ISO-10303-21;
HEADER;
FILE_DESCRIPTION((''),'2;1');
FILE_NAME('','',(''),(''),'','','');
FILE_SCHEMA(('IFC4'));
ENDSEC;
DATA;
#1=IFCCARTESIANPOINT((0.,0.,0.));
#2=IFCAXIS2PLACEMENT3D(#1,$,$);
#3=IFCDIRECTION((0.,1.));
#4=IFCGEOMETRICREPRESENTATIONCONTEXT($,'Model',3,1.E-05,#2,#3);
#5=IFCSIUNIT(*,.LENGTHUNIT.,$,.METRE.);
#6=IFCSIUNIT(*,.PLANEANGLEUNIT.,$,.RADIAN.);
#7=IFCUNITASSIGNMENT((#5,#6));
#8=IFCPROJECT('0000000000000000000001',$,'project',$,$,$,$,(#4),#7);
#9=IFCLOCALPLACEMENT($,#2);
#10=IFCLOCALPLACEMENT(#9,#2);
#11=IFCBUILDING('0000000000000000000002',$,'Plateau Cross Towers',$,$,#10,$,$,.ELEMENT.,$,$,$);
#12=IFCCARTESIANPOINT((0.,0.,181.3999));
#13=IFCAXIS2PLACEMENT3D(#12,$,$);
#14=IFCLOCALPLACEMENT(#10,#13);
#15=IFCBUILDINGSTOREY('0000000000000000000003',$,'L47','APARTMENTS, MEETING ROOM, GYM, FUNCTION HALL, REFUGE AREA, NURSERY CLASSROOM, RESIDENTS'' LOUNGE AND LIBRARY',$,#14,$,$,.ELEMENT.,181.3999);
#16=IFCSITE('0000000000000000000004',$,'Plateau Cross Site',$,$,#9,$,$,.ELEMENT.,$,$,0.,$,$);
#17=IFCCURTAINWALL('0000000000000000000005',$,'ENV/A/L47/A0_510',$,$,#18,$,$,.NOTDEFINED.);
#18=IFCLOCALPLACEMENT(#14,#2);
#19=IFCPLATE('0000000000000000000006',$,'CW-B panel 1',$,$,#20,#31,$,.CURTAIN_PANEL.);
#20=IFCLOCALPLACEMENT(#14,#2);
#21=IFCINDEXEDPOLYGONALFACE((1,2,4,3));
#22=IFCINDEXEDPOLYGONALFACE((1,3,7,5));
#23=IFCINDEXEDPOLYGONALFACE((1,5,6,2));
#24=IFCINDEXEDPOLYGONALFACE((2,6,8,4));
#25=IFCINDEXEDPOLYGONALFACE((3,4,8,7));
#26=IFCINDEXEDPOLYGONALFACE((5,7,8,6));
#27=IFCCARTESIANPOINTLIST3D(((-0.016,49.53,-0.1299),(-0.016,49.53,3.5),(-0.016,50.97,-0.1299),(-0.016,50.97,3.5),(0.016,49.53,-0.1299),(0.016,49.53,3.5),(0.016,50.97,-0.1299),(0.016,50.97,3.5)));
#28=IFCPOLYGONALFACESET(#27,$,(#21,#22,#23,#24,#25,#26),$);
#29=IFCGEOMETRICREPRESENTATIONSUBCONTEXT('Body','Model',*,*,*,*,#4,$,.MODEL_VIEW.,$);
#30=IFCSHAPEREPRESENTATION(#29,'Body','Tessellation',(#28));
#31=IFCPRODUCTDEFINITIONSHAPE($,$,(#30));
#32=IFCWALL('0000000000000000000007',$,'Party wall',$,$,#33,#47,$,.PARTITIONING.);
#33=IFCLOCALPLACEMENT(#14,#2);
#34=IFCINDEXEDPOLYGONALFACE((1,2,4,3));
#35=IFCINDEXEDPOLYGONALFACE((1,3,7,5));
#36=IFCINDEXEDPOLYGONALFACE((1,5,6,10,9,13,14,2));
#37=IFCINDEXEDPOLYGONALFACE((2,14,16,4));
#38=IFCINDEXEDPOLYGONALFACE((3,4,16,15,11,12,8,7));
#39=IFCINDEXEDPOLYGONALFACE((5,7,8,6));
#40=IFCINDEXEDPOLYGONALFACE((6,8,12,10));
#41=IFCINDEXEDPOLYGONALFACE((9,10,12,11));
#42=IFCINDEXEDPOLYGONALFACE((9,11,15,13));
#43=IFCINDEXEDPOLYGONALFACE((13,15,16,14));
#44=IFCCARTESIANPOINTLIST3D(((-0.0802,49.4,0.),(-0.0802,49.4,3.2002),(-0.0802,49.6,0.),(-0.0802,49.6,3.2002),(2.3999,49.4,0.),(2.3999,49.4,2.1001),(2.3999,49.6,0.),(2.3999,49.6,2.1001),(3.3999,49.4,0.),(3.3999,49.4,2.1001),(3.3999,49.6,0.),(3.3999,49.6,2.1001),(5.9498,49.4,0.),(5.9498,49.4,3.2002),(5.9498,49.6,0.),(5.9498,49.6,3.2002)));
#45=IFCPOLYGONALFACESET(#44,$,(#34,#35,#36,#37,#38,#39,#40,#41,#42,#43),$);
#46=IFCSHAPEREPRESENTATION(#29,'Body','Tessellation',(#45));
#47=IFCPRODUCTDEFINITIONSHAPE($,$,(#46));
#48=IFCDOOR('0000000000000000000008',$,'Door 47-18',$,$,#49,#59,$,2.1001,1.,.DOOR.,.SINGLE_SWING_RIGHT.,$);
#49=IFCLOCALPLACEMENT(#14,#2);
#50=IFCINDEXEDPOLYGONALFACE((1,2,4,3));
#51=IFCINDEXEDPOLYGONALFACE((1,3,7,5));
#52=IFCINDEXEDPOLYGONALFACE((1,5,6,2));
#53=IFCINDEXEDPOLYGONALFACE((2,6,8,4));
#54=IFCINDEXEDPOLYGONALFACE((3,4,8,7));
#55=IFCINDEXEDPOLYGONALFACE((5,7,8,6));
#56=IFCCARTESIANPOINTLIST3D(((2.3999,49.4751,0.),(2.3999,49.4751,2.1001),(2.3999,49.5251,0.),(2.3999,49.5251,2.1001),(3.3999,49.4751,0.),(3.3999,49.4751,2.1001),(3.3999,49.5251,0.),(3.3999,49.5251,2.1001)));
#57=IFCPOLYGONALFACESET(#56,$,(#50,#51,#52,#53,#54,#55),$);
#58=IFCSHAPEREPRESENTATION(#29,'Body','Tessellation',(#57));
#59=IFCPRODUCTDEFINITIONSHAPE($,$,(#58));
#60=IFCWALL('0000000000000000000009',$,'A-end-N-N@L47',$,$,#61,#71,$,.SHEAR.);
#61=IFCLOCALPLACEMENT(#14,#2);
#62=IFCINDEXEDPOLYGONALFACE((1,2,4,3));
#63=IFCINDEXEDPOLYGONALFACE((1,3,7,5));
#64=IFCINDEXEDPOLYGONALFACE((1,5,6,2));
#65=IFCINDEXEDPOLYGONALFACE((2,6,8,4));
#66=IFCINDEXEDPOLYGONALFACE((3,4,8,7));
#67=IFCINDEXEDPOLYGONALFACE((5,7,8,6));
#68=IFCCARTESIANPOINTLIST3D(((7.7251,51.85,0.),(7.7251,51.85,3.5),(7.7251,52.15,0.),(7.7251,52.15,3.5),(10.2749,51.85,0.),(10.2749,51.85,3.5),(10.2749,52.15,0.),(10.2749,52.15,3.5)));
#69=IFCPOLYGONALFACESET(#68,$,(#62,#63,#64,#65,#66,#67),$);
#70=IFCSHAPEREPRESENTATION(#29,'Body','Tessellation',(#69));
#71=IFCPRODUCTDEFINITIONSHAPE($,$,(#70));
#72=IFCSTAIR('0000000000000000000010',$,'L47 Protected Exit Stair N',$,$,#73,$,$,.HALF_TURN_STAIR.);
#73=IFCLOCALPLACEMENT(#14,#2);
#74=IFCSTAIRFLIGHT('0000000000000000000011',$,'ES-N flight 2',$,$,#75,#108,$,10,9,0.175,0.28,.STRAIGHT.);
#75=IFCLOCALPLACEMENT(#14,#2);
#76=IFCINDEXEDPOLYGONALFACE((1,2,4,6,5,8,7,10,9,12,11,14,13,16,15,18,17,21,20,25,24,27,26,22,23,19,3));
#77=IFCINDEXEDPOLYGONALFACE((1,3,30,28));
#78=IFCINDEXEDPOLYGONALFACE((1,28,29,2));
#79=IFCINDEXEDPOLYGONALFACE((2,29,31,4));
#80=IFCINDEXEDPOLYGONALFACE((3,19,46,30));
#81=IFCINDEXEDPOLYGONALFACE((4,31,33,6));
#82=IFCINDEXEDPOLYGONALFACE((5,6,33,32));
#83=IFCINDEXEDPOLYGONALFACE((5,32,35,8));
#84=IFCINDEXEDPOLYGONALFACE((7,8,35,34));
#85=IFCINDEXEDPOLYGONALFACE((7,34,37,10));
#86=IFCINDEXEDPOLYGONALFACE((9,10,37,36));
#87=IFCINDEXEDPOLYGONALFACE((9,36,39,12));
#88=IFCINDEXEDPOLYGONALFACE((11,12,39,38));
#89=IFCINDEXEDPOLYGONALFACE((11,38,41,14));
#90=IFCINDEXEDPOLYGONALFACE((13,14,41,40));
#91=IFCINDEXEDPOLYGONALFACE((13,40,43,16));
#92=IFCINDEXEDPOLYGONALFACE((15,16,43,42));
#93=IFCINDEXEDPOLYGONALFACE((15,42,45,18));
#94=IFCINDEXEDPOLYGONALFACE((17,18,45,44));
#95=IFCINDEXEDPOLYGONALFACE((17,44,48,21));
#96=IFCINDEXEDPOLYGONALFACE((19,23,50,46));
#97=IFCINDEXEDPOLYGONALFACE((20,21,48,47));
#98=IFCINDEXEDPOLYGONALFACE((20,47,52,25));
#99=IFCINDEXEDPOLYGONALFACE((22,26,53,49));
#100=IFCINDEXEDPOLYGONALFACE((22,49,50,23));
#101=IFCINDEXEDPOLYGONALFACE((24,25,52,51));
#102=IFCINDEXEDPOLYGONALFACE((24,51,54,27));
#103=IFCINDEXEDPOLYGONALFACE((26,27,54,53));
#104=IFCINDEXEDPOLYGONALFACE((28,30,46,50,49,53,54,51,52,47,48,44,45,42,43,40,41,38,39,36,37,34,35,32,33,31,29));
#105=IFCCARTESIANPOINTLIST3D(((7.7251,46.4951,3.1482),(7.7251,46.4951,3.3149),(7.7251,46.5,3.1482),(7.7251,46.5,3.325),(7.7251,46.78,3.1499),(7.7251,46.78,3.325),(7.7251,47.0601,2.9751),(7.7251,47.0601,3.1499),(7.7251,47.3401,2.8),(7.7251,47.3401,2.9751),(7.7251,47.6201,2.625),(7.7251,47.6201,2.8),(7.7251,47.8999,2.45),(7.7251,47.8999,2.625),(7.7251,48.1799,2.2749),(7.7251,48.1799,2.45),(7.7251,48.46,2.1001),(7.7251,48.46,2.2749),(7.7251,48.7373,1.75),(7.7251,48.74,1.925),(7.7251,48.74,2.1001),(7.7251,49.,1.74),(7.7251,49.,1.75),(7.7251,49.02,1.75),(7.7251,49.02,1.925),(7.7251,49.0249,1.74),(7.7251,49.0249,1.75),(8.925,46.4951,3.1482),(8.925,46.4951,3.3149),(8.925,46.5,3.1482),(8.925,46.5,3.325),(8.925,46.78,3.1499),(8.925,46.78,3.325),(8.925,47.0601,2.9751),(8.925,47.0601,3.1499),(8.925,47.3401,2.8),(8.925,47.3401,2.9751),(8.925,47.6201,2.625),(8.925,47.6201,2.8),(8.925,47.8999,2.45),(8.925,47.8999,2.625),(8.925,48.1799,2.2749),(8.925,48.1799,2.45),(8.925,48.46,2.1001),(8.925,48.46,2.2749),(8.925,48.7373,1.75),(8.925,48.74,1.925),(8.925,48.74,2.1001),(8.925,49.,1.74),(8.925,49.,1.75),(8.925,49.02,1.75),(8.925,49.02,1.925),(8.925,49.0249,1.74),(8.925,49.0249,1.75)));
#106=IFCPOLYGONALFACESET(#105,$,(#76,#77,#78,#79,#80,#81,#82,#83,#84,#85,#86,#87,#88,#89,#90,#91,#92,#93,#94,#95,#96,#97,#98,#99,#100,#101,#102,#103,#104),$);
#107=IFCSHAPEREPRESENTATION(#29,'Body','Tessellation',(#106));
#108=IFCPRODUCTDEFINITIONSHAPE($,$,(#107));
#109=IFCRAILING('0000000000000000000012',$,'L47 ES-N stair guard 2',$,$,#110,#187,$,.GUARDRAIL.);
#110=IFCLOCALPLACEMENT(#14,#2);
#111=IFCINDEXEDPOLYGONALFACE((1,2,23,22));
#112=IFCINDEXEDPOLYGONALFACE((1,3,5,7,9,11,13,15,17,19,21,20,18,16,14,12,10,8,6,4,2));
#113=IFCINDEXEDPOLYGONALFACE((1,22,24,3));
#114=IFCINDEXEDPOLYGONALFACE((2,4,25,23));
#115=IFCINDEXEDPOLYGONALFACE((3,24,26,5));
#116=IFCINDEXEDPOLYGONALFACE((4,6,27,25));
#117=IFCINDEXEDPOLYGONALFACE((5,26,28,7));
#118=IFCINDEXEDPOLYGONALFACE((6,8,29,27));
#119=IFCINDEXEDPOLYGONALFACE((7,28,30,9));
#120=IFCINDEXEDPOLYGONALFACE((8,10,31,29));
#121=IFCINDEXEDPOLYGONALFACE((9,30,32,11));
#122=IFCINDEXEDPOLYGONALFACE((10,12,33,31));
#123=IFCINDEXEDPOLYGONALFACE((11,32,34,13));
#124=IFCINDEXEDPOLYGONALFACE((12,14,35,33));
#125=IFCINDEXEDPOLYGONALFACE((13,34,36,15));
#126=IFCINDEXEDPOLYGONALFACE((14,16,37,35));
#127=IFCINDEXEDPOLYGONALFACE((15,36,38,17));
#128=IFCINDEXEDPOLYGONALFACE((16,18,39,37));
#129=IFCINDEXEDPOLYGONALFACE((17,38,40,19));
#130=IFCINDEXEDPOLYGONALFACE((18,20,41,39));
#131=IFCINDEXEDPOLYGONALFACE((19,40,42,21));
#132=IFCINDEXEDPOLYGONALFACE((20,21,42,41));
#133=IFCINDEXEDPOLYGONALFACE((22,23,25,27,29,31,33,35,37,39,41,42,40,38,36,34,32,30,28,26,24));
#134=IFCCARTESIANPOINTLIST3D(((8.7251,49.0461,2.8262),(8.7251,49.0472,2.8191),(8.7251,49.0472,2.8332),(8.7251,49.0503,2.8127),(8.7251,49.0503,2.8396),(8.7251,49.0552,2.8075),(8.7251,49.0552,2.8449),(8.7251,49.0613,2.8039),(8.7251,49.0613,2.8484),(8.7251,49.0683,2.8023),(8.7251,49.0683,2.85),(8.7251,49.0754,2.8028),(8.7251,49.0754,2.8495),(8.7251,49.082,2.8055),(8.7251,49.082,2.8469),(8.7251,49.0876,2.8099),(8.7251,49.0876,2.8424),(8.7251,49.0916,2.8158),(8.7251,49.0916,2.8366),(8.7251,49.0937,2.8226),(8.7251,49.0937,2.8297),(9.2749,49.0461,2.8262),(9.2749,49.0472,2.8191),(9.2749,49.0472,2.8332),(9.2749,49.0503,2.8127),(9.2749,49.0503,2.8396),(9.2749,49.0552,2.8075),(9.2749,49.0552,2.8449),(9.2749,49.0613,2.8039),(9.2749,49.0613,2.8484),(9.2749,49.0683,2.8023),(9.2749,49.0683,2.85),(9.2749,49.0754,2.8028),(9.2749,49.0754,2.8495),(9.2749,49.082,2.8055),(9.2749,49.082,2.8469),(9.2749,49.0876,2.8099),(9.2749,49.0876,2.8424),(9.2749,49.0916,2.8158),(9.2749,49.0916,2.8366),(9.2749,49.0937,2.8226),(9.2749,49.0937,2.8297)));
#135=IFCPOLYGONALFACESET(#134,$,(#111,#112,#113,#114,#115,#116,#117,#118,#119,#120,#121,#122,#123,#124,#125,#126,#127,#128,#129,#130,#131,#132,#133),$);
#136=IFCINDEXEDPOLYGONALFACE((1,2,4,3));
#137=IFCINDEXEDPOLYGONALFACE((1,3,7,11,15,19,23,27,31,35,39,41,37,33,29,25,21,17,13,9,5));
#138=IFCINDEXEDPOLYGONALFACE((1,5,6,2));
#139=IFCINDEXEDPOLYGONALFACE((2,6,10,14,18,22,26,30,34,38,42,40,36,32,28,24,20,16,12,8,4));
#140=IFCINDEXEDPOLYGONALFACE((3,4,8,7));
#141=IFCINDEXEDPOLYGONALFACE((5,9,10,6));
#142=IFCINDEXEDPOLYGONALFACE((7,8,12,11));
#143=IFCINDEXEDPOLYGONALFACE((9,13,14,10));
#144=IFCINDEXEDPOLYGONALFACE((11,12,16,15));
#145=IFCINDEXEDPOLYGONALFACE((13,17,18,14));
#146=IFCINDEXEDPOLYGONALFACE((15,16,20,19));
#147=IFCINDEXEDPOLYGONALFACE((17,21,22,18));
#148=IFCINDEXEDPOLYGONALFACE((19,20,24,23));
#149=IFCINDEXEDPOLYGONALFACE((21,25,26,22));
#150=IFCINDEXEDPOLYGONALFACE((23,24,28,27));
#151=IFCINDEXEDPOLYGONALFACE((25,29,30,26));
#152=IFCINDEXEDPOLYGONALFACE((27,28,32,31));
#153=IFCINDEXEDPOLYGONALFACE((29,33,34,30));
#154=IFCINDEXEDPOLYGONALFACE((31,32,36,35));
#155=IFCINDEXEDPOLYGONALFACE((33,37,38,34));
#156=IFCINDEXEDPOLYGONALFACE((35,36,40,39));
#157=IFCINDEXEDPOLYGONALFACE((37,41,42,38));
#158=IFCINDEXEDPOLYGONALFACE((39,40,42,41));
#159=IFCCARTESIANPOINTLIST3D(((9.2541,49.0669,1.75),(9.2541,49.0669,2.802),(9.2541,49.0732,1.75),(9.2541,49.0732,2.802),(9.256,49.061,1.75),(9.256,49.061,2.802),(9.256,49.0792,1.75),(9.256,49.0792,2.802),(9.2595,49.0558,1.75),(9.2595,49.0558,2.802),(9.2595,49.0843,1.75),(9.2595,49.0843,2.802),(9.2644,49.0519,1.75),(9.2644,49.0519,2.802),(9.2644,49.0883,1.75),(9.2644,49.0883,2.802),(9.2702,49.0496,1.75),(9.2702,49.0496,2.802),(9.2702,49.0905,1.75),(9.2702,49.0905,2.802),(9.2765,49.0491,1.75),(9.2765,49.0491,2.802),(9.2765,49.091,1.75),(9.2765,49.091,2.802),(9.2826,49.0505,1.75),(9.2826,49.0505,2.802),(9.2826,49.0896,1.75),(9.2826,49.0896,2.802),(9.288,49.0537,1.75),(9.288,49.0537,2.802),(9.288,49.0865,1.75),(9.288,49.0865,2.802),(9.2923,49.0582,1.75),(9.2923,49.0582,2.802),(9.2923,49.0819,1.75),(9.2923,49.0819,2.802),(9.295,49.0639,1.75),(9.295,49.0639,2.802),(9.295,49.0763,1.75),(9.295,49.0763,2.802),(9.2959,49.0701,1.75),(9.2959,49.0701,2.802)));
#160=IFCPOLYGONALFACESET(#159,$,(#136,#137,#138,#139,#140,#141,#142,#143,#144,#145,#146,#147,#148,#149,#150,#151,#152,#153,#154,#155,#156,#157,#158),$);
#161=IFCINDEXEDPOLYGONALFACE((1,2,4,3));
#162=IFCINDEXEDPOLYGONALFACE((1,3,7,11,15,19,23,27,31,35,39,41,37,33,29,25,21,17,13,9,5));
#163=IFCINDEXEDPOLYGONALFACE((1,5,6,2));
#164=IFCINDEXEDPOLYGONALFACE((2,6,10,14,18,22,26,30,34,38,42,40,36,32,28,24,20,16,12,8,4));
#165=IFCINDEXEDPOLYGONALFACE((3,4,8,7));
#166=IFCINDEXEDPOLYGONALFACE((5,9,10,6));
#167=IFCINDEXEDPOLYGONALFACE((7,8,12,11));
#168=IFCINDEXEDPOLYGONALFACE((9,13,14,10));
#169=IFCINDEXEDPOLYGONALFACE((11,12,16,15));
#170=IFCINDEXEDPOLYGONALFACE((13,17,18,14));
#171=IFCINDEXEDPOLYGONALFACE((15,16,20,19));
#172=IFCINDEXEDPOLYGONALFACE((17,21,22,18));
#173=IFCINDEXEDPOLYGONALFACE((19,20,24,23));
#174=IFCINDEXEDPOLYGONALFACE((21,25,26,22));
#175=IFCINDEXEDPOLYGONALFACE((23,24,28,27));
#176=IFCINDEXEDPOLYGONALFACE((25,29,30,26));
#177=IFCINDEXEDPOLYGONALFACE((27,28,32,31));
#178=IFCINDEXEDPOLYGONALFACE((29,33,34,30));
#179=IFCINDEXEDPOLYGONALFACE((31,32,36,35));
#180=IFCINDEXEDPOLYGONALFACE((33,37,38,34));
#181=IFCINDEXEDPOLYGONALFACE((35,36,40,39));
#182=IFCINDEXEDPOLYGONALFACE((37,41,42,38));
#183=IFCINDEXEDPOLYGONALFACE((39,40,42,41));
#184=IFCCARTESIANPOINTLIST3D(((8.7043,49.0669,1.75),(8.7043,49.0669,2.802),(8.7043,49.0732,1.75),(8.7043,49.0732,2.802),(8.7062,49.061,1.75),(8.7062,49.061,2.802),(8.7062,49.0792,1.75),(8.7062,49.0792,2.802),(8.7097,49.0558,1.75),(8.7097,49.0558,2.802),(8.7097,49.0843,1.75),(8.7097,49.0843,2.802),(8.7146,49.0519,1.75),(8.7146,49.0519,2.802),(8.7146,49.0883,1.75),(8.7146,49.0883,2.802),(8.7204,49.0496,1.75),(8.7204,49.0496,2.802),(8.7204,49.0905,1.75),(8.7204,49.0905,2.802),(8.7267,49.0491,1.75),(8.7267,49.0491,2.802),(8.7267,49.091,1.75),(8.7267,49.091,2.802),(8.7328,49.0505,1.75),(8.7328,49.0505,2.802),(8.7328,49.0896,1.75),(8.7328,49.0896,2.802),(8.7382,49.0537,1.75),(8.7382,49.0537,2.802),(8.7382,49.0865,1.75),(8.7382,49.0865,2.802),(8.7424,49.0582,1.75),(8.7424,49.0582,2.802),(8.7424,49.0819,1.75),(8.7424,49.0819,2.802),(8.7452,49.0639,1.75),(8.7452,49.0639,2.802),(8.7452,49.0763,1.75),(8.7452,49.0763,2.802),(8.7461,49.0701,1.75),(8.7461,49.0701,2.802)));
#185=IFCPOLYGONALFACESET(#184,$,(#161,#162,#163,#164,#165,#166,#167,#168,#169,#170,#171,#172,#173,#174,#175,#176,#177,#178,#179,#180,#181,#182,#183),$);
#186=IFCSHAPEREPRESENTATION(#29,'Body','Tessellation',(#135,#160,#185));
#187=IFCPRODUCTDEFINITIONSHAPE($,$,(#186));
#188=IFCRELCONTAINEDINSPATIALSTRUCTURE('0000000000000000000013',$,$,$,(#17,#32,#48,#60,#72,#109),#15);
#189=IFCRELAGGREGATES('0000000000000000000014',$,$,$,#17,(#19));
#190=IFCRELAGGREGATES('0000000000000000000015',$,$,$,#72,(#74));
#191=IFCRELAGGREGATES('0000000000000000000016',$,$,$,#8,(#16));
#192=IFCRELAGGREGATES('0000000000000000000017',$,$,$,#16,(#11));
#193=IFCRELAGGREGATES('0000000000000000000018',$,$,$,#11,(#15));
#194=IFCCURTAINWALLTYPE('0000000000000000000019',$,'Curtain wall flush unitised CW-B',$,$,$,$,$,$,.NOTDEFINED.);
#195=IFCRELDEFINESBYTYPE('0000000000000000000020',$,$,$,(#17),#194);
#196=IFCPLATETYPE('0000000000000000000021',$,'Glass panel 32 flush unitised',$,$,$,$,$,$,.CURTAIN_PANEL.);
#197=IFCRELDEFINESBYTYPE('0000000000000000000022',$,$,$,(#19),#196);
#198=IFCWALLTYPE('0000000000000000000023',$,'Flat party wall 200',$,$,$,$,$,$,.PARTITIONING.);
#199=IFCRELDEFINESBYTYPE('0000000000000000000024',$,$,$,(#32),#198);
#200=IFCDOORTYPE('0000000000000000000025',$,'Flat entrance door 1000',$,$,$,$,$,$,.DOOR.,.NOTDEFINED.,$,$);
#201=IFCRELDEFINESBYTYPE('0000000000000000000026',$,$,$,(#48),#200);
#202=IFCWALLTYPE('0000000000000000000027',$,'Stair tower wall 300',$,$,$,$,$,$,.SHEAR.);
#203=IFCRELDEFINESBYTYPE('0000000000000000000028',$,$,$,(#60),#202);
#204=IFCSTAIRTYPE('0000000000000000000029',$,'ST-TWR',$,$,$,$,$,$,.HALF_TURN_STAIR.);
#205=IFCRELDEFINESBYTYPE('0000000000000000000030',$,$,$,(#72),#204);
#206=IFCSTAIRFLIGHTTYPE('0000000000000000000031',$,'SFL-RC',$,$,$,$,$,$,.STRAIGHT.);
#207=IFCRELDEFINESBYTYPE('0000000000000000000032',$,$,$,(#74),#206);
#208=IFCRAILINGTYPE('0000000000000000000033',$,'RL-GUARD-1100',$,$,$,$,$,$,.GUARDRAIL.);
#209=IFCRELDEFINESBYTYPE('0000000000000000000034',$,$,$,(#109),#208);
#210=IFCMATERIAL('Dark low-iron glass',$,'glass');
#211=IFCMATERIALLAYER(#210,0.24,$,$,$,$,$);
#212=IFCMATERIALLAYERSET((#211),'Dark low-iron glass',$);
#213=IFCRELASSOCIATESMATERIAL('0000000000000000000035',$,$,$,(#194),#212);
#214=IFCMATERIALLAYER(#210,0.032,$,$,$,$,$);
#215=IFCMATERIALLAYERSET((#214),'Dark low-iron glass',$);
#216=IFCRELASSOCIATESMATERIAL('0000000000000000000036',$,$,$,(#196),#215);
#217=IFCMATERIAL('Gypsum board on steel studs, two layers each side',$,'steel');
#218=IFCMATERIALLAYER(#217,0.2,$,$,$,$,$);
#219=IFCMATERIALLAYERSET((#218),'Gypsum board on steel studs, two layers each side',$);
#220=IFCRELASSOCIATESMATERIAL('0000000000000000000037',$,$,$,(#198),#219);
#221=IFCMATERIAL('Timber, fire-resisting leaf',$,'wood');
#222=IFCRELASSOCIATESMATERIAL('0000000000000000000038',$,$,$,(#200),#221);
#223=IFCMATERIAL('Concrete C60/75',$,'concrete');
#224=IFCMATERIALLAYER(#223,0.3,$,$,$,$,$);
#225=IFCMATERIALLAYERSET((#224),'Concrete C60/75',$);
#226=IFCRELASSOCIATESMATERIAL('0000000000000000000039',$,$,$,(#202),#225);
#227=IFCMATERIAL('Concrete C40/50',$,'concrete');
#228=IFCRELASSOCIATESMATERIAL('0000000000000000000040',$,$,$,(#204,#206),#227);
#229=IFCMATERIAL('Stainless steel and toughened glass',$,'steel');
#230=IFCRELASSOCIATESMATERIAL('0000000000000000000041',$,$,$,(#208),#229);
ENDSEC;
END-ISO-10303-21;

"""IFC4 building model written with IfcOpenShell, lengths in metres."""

from ifc_helpers import new_model, si_unit, direction, frame, frame_2d, origin, origin_2d, place, context, subcontext, project, spatial, polyline, rectangle, circle, outline, extrude, material, layer, layer_set, type_object, element, fill, aggregate, save


model = new_model("IFC4")

# Units and contexts
model_context = context("Model", 3, precision=1e-05, world=origin(), true_north=direction((0.0, 1.0)))
body_context = subcontext(model_context, "Body", "Model", "MODEL_VIEW")
ifc_project = project(units=[si_unit("LENGTHUNIT", "METRE"), si_unit("PLANEANGLEUNIT", "RADIAN")], contexts=[model_context])

# Site, building, storey
site_placement = place(None, origin())
site = spatial("IfcSite", under=ifc_project, at=site_placement, Name="Plateau Cross Site", CompositionType="ELEMENT", RefElevation=0.0)
building_placement = place(site_placement, origin())
building = spatial("IfcBuilding", under=site, at=building_placement, Name="Plateau Cross Towers", CompositionType="ELEMENT")
storey_placement = place(building_placement, frame((0.0, 0.0, 181.3999)))
storey = spatial("IfcBuildingStorey", under=building, at=storey_placement, Name="L47", Description="APARTMENTS, MEETING ROOM, GYM, FUNCTION HALL, REFUGE AREA, NURSERY CLASSROOM, RESIDENTS' LOUNGE AND LIBRARY", CompositionType="ELEMENT", Elevation=181.3999)

# Shared definitions
ifc_material_1 = material(Name="Concrete C60/75", Category="concrete")

# Shared definitions
ifc_material_2 = material(Name="Dark low-iron glass", Category="glass")
ifc_layer_1 = layer(ifc_material_2, 0.24)
ifc_layer_set_1 = layer_set([ifc_layer_1], Name="Dark low-iron glass")
curtain_wall_type = type_object("IfcCurtainWallType", Name="Curtain wall flush unitised CW-B", PredefinedType="NOTDEFINED", material=ifc_layer_set_1)

# Curtain wall
curtain_wall_1_placement = place(storey_placement, origin())
curtain_wall_1 = element("IfcCurtainWall", 1, at=curtain_wall_1_placement, inside=storey, type_object=curtain_wall_type, Name="ENV/A/L47/A0_510", PredefinedType="NOTDEFINED")

# Plate
ifc_layer_2 = layer(ifc_material_2, 0.032)
ifc_layer_set_2 = layer_set([ifc_layer_2], Name="Dark low-iron glass")
plate_type = type_object("IfcPlateType", Name="Glass panel 32 flush unitised", PredefinedType="CURTAIN_PANEL", material=ifc_layer_set_2)
plate_1_placement = place(storey_placement, frame((0.0, 50.25, -0.1299), z_axis=(0.0, 0.0, 1.0), x_axis=(0.0, -1.0, 0.0)))
plate_1 = element("IfcPlate", 2, at=plate_1_placement, type_object=plate_type, Name="CW-B panel 1", PredefinedType="CURTAIN_PANEL", context=body_context, shape_type="SweptSolid", body=[
    extrude(rectangle(XDim=1.4399, YDim=0.032, at=origin_2d()), origin(), (0.0, 0.0, 1.0), 3.6299),
])
aggregate(curtain_wall_1, [plate_1])

# Wall, opening, door
ifc_material_3 = material(Name="Gypsum board on steel studs, two layers each side", Category="steel")
ifc_layer_3 = layer(ifc_material_3, 0.2)
ifc_layer_set_3 = layer_set([ifc_layer_3], Name="Gypsum board on steel studs, two layers each side")
wall_type_1 = type_object("IfcWallType", Name="Flat party wall 200", PredefinedType="PARTITIONING", material=ifc_layer_set_3)
wall_1_placement = place(storey_placement, frame((5.95, 49.5, 0.0), z_axis=(0.0, 0.0, 1.0), x_axis=(-1.0, 0.0, 0.0)))
wall_1 = element("IfcWall", 3, at=wall_1_placement, inside=storey, type_object=wall_type_1, Name="Party wall", PredefinedType="PARTITIONING", context=body_context, shape_type="SweptSolid", body=[
    extrude(rectangle(XDim=6.03, YDim=0.2, at=frame_2d((3.0151, 0.0))), origin(), (0.0, 0.0, 1.0), 3.2002),
])
opening_placement = place(wall_1_placement, frame((2.55, 0.0, 0.0)))
opening = element("IfcOpeningElement", 4, at=opening_placement, cuts=wall_1, PredefinedType="OPENING", context=body_context, shape_type="SweptSolid", body=[
    extrude(rectangle(XDim=1.0, YDim=2.1001, at=frame_2d((0.5, 1.05))), frame((0.0, 0.1099, 0.0), z_axis=(0.0, -1.0, 0.0), x_axis=(1.0, 0.0, 0.0)), (0.0, 0.0, 1.0), 0.22),
])
ifc_material_4 = material(Name="Timber, fire-resisting leaf", Category="wood")
door_type = type_object("IfcDoorType", Name="Flat entrance door 1000", OperationType="NOTDEFINED", PredefinedType="DOOR", material=ifc_material_4)
door_placement = place(opening_placement, origin())
door = element("IfcDoor", 5, at=door_placement, inside=storey, type_object=door_type, Name="Door 47-18", OperationType="SINGLE_SWING_RIGHT", OverallHeight=2.1001, OverallWidth=1.0, PredefinedType="DOOR", context=body_context, shape_type="SweptSolid", body=[
    extrude(rectangle(XDim=1.0, YDim=2.1001, at=frame_2d((0.5, 1.05))), frame((0.0, 0.0249, 0.0), z_axis=(0.0, -1.0, 0.0), x_axis=(1.0, 0.0, 0.0)), (0.0, 0.0, 1.0), 0.05),
])
fill(opening, door)

# Wall
ifc_layer_4 = layer(ifc_material_1, 0.3)
ifc_layer_set_4 = layer_set([ifc_layer_4], Name="Concrete C60/75")
wall_type_2 = type_object("IfcWallType", Name="Stair tower wall 300", PredefinedType="SHEAR", material=ifc_layer_set_4)
wall_2_placement = place(storey_placement, frame((7.7251, 52.0, 0.0), z_axis=(0.0, 0.0, 1.0), x_axis=(1.0, 0.0, 0.0)))
element("IfcWall", 6, at=wall_2_placement, inside=storey, type_object=wall_type_2, Name="A-end-N-N@L47", PredefinedType="SHEAR", context=body_context, shape_type="SweptSolid", body=[
    extrude(rectangle(XDim=2.5498, YDim=0.3, at=frame_2d((1.2749, 0.0))), origin(), (0.0, 0.0, 1.0), 3.5),
])

# Stair, stair flight
ifc_material_5 = material(Name="Concrete C40/50", Category="concrete")
stair_type = type_object("IfcStairType", Name="ST-TWR", PredefinedType="HALF_TURN_STAIR", material=ifc_material_5)
stair_placement = place(storey_placement, origin())
stair = element("IfcStair", 7, at=stair_placement, inside=storey, type_object=stair_type, Name="L47 Protected Exit Stair N", PredefinedType="HALF_TURN_STAIR")
stair_flight_type = type_object("IfcStairFlightType", Name="SFL-RC", PredefinedType="STRAIGHT", material=ifc_material_5)
stair_flight_placement = place(storey_placement, frame((8.325, 49.02, 1.75), z_axis=(0.0, 0.0, 1.0), x_axis=(0.0, -1.0, 0.0)))
stair_flight = element("IfcStairFlight", 8, at=stair_flight_placement, type_object=stair_flight_type, Name="ES-N flight 2", NumberOfRisers=10, NumberOfTreads=9, PredefinedType="STRAIGHT", RiserHeight=0.175, TreadLength=0.28, context=body_context, shape_type="SweptSolid", body=[
    extrude(outline(polyline([(-0.0049, -0.01), (-0.0049, 0.0), (0.0, 0.0), (0.0, 0.175), (0.28, 0.175), (0.28, 0.3501), (0.5601, 0.3501), (0.5601, 0.5249), (0.8401, 0.5249), (0.8401, 0.7), (1.1201, 0.7), (1.1201, 0.875), (1.3999, 0.875), (1.3999, 1.05), (1.6799, 1.05), (1.6799, 1.2251), (1.96, 1.2251), (1.96, 1.3999), (2.24, 1.3999), (2.24, 1.575), (2.52, 1.575), (2.5249, 1.5649), (2.5249, 1.3982), (2.52, 1.3982), (0.2827, 0.0), (0.02, 0.0), (0.02, -0.01), (-0.0049, -0.01)])), frame((0.0, 0.6001, 0.0), z_axis=(0.0, -1.0, 0.0), x_axis=(1.0, 0.0, 0.0)), (0.0, 0.0, 1.0), 1.2),
])
aggregate(stair, [stair_flight])

# Railing
ifc_material_6 = material(Name="Stainless steel and toughened glass", Category="steel")
railing_type = type_object("IfcRailingType", Name="RL-GUARD-1100", PredefinedType="GUARDRAIL", material=ifc_material_6)
railing_1_placement = place(storey_placement, frame((9.2749, 49.0701, 1.75)))
element("IfcRailing", 9, at=railing_1_placement, inside=storey, type_object=railing_type, Name="L47 ES-N stair guard 2", PredefinedType="GUARDRAIL", context=body_context, shape_type="SweptSolid", body=[
    extrude(circle(Radius=0.0239, at=origin_2d()), frame((0.0, 0.0, 1.0762), z_axis=(-1.0, 0.0, 0.0), x_axis=(0.0, -1.0, 0.0)), (0.0, 0.0, 1.0), 0.5498),
    extrude(circle(Radius=0.021, at=origin_2d()), origin(), (0.0, 0.0, 1.0), 1.052),
    extrude(circle(Radius=0.021, at=origin_2d()), frame((-0.5498, 0.0, 0.0)), (0.0, 0.0, 1.0), 1.052),
])

save(model, "model.ifc")
